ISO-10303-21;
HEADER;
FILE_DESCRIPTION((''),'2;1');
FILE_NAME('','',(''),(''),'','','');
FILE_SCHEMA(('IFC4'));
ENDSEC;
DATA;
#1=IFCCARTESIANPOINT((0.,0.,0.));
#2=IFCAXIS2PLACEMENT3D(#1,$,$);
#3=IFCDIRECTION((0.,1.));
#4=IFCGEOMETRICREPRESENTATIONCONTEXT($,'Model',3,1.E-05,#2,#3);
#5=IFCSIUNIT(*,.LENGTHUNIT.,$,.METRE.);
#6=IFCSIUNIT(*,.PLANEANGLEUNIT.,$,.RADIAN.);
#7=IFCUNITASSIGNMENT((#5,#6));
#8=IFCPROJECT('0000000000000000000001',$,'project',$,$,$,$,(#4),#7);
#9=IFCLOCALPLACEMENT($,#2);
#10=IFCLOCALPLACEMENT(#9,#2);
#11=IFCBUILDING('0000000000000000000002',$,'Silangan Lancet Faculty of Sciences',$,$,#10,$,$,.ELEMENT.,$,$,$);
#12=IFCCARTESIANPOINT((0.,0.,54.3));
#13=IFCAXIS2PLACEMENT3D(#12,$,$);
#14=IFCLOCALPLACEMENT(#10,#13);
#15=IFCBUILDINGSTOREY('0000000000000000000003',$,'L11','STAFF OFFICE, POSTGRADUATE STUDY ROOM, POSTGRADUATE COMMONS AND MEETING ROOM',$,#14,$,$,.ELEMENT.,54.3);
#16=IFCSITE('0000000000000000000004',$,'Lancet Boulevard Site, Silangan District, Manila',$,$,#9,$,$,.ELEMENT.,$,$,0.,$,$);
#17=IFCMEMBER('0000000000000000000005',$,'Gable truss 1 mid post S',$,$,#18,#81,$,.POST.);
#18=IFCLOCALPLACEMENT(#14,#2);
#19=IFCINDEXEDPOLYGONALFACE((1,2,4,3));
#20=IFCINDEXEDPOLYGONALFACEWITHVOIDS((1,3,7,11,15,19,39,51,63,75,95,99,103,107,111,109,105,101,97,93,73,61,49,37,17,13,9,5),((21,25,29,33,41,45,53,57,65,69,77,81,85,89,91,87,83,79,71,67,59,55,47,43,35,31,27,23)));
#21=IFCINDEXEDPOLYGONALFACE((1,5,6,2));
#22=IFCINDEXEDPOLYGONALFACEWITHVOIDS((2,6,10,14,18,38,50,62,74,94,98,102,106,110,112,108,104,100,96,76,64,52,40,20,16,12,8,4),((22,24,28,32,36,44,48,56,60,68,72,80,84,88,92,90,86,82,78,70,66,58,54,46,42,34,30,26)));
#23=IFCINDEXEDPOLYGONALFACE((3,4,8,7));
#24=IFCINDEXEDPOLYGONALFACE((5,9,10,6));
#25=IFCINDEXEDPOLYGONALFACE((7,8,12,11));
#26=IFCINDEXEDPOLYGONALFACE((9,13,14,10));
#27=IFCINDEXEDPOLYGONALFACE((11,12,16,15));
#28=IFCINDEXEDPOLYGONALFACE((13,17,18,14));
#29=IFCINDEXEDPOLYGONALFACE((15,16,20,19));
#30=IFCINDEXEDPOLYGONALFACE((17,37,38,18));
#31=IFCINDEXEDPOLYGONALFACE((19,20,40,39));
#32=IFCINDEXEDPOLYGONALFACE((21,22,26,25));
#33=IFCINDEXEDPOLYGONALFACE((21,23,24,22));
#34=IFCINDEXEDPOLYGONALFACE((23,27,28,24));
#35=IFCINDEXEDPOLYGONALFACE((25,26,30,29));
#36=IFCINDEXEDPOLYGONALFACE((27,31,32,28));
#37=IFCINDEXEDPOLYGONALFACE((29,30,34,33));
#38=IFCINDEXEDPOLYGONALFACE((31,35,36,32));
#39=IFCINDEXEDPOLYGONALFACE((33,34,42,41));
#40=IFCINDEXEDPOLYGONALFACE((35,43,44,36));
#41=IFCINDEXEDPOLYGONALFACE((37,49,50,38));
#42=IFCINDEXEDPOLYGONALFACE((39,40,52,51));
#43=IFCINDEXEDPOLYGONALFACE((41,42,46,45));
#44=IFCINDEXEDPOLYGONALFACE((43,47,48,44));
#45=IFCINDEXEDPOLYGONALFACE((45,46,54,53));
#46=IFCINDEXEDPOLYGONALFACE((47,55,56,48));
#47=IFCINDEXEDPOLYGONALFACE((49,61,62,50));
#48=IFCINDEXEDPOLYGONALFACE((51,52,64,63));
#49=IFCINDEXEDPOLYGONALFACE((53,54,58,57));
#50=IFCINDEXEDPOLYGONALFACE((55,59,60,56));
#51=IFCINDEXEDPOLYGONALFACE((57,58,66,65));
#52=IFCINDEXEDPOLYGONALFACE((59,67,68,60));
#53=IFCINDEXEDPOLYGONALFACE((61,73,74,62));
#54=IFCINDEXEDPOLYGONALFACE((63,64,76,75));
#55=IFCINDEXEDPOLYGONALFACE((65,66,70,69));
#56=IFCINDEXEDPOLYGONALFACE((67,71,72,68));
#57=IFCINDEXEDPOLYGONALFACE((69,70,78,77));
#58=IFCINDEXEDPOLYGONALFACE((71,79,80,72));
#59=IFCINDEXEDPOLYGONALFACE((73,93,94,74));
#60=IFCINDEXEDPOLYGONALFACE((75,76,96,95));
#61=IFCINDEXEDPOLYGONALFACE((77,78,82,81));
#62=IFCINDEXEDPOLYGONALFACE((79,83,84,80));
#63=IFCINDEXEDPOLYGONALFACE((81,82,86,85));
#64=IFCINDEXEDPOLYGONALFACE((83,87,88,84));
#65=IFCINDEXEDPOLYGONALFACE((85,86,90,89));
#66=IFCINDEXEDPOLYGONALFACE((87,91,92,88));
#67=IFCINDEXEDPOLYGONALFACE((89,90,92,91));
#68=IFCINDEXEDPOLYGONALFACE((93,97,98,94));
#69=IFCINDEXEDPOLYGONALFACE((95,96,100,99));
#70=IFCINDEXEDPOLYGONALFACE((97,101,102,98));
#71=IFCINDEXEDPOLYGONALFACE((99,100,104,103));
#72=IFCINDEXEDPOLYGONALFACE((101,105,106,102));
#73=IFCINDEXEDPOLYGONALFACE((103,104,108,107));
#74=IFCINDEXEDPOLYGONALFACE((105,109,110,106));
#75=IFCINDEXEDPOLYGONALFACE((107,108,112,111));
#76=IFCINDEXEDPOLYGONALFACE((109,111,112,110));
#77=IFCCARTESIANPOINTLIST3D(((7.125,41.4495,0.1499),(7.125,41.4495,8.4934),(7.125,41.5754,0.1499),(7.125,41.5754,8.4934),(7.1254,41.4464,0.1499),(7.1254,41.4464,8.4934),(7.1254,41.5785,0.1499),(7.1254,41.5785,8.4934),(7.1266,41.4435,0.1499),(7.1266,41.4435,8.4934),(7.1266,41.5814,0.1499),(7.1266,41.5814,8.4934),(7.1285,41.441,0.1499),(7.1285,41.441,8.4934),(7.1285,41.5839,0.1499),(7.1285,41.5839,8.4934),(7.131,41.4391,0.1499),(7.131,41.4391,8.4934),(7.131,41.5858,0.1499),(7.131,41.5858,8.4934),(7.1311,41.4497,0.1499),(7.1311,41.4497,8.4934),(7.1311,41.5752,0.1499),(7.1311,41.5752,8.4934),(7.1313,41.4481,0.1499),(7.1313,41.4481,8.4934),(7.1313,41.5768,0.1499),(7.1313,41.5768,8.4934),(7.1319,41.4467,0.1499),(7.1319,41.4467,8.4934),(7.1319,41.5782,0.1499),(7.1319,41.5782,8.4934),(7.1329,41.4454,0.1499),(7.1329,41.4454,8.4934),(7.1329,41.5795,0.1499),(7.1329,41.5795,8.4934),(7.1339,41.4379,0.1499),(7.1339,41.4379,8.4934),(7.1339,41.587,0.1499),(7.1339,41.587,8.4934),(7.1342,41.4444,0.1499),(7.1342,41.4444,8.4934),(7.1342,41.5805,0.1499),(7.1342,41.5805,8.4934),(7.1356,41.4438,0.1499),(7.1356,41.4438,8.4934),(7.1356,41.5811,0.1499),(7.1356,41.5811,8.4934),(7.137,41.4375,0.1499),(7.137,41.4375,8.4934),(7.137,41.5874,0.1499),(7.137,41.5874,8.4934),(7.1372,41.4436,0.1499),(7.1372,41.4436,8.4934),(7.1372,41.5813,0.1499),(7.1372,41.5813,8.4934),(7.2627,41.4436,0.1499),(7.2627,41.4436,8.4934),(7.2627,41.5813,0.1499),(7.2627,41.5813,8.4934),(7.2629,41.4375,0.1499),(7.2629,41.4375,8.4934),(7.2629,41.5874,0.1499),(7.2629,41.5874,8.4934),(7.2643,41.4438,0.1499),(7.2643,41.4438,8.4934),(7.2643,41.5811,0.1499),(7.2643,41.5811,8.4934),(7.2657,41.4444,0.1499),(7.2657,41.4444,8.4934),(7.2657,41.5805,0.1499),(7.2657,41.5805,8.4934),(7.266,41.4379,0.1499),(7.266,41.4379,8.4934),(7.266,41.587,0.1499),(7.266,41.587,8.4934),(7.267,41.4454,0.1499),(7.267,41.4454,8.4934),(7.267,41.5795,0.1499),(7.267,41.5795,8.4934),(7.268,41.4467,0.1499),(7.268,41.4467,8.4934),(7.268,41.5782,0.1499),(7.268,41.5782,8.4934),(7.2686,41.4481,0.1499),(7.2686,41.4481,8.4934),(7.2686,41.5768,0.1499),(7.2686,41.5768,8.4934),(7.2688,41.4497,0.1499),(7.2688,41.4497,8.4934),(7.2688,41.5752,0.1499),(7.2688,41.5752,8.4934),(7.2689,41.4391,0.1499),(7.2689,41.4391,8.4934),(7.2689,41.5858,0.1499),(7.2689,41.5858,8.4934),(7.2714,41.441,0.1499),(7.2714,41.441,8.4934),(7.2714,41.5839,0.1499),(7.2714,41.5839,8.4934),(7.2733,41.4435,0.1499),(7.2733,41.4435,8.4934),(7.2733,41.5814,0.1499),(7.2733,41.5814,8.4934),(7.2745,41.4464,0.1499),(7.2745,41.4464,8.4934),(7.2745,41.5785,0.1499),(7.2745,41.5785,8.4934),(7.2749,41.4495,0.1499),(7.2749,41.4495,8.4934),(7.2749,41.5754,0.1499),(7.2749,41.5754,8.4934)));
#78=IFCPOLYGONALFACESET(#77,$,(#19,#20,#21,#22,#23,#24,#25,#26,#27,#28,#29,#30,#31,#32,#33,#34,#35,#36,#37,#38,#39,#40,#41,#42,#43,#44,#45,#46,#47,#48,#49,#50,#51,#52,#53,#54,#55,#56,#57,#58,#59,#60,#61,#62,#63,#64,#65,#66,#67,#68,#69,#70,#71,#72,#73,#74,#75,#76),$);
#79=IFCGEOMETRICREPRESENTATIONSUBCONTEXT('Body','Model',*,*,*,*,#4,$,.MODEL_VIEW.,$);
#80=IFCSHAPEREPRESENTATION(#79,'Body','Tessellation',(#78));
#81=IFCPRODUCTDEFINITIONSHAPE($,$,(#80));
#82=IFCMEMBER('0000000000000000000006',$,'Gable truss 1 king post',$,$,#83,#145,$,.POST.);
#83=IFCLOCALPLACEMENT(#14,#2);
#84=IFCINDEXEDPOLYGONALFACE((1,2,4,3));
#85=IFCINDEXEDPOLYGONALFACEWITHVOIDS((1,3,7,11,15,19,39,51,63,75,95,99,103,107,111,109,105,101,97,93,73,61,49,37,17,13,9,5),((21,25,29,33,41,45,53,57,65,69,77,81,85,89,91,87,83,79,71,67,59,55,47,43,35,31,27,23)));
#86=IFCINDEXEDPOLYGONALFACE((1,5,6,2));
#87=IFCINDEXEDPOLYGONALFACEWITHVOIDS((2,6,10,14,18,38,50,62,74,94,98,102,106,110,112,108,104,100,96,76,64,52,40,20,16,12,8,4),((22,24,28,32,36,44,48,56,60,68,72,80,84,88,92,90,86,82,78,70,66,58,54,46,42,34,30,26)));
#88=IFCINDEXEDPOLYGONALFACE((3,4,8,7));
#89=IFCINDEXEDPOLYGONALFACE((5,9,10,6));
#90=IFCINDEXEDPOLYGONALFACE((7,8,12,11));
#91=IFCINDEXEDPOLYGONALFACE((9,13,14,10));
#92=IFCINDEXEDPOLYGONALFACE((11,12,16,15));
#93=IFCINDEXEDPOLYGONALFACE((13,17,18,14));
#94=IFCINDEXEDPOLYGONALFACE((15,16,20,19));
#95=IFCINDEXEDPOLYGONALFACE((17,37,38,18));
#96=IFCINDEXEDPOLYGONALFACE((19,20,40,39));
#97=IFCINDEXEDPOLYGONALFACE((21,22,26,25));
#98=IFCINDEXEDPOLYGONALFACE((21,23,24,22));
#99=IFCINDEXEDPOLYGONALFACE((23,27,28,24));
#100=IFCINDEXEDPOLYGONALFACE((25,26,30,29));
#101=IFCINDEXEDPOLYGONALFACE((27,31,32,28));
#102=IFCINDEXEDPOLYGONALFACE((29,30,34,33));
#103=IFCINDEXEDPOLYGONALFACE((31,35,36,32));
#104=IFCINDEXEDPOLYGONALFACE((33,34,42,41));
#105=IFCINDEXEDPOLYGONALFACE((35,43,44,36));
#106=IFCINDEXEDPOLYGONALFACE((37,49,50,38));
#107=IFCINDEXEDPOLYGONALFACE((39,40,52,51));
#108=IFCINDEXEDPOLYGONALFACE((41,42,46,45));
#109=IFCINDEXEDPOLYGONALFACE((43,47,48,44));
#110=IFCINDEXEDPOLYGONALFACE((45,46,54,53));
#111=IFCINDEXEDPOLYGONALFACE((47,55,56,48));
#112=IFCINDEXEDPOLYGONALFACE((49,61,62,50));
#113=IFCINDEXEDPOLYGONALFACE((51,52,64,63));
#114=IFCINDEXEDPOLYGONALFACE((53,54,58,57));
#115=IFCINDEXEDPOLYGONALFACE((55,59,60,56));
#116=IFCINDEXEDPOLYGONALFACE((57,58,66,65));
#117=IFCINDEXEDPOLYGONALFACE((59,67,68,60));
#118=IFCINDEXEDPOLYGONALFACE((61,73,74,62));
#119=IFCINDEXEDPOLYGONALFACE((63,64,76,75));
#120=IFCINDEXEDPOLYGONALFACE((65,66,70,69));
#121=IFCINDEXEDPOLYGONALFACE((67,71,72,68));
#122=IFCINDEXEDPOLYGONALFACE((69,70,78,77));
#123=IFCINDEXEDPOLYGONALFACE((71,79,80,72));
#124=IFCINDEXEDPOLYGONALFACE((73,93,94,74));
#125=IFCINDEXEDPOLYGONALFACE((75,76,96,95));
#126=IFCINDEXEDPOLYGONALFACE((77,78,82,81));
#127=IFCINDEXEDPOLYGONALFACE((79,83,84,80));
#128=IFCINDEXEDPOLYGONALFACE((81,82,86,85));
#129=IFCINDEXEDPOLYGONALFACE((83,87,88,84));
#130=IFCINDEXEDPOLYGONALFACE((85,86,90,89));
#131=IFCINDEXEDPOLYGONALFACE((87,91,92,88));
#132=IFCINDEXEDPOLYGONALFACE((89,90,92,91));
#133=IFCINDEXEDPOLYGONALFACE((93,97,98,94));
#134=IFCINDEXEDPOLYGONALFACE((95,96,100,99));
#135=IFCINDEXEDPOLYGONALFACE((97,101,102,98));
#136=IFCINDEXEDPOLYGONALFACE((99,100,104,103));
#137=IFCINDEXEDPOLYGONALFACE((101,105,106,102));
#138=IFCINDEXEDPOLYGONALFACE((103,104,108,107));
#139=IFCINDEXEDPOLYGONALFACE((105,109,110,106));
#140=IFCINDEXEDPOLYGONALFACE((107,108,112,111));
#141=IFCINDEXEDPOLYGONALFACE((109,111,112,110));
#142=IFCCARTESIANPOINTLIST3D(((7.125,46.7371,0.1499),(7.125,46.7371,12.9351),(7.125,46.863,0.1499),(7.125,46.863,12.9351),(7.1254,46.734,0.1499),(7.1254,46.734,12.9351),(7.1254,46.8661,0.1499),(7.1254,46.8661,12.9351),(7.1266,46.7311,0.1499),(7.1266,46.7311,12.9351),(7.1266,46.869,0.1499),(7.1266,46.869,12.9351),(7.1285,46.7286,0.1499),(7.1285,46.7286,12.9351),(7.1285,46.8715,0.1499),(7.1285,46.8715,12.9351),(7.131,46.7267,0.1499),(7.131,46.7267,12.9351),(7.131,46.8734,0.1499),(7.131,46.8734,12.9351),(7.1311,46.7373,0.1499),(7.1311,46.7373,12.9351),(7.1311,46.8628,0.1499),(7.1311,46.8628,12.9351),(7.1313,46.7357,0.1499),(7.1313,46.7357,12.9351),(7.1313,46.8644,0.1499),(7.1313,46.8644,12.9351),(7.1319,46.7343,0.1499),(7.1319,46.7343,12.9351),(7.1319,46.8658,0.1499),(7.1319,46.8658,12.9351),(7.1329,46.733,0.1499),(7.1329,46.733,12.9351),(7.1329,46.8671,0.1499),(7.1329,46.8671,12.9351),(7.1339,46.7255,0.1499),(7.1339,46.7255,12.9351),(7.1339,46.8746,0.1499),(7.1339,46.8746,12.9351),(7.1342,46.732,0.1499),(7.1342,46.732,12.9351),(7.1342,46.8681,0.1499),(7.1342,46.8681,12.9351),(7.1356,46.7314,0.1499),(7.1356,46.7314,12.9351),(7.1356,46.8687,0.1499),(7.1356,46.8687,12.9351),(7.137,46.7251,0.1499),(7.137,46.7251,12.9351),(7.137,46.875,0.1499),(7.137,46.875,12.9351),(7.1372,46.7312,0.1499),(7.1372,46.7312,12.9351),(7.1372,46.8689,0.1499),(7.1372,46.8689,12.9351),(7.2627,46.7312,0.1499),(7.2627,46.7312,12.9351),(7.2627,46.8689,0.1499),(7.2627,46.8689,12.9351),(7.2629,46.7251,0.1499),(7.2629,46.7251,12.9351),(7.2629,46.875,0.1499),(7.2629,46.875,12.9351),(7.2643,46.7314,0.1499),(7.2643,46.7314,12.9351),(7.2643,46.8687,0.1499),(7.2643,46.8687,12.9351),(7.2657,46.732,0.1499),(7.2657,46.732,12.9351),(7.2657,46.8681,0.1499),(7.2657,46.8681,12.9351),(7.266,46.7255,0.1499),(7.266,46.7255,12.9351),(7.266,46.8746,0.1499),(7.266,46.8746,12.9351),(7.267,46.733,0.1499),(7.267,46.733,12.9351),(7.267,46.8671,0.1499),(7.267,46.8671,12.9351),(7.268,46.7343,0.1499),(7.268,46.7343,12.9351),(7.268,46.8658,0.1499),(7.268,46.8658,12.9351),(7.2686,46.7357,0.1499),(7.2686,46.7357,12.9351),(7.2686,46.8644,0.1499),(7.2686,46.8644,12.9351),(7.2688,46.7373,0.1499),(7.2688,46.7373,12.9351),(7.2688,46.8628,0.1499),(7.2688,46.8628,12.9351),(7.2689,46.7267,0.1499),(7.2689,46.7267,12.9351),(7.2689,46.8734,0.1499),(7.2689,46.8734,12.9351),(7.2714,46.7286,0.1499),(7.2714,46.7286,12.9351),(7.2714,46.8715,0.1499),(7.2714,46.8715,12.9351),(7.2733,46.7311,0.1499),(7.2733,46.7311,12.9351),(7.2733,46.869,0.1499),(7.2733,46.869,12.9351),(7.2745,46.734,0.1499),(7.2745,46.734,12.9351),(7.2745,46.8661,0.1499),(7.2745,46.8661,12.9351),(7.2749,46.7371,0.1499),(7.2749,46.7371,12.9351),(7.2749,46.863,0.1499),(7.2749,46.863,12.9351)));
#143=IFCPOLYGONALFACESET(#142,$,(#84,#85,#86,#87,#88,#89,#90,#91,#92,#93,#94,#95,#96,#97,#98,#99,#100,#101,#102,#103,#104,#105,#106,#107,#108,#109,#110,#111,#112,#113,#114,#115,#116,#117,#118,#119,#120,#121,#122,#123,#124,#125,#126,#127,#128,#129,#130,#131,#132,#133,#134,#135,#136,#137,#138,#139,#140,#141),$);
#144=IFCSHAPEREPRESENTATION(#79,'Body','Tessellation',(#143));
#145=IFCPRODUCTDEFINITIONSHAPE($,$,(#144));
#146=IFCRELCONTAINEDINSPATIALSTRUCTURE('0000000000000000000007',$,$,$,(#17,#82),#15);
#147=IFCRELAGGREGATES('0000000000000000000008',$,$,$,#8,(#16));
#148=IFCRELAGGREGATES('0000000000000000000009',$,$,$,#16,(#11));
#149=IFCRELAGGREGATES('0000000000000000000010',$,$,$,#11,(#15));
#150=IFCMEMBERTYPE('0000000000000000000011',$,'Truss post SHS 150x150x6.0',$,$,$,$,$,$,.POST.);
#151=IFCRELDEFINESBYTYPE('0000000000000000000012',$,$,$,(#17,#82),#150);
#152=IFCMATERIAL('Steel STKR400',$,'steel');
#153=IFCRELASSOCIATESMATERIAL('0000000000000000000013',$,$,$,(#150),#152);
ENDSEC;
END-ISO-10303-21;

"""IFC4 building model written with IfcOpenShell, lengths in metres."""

from ifc_helpers import new_model, si_unit, direction, frame, origin, origin_2d, place, context, subcontext, project, spatial, hollow_rectangle, extrude, material, material_profile, profile_set, type_object, element, save


model = new_model("IFC4")

# Units and contexts
model_context = context("Model", 3, precision=1e-05, world=origin(), true_north=direction((0.0, 1.0)))
body_context = subcontext(model_context, "Body", "Model", "MODEL_VIEW")
ifc_project = project(units=[si_unit("LENGTHUNIT", "METRE"), si_unit("PLANEANGLEUNIT", "RADIAN")], contexts=[model_context])

# Site, building, storey
site_placement = place(None, origin())
site = spatial("IfcSite", under=ifc_project, at=site_placement, Name="Lancet Boulevard Site, Silangan District, Manila", CompositionType="ELEMENT", RefElevation=0.0)
building_placement = place(site_placement, origin())
building = spatial("IfcBuilding", under=site, at=building_placement, Name="Silangan Lancet Faculty of Sciences", CompositionType="ELEMENT")
storey_placement = place(building_placement, frame((0.0, 0.0, 54.3)))
storey = spatial("IfcBuildingStorey", under=building, at=storey_placement, Name="L11", Description="STAFF OFFICE, POSTGRADUATE STUDY ROOM, POSTGRADUATE COMMONS AND MEETING ROOM", CompositionType="ELEMENT", Elevation=54.3)

# Members
ifc_material_1 = material(Name="Steel STKR400", Category="steel")
ifc_material_profile_1 = material_profile(ifc_material_1, hollow_rectangle(XDim=0.1499, YDim=0.1499, WallThickness=0.0061, InnerFilletRadius=0.0061, OuterFilletRadius=0.012, at=origin_2d()), Name="SHS 150x150x6.0")
ifc_profile_set_1 = profile_set([ifc_material_profile_1], Name="Steel STKR400")
member_type_1 = type_object("IfcMemberType", Name="Truss post SHS 150x150x6.0", PredefinedType="POST", material=ifc_profile_set_1)
member_1_placement = place(storey_placement, frame((7.2, 41.5125, 0.1499), z_axis=(0.0, 0.0, 1.0), x_axis=(1.0, 0.0, 0.0)))
element("IfcMember", 1, at=member_1_placement, inside=storey, type_object=member_type_1, Name="Gable truss 1 mid post S", PredefinedType="POST", context=body_context, shape_type="SweptSolid", body=[
    extrude(hollow_rectangle(XDim=0.1499, YDim=0.1499, WallThickness=0.0061, InnerFilletRadius=0.0061, OuterFilletRadius=0.012, at=origin_2d()), origin(), (0.0, 0.0, 1.0), 8.3435),
])
member_2_placement = place(storey_placement, frame((7.2, 46.8, 0.1499), z_axis=(0.0, 0.0, 1.0), x_axis=(1.0, 0.0, 0.0)))
element("IfcMember", 2, at=member_2_placement, inside=storey, type_object=member_type_1, Name="Gable truss 1 king post", PredefinedType="POST", context=body_context, shape_type="SweptSolid", body=[
    extrude(hollow_rectangle(XDim=0.1499, YDim=0.1499, WallThickness=0.0061, InnerFilletRadius=0.0061, OuterFilletRadius=0.012, at=origin_2d()), origin(), (0.0, 0.0, 1.0), 12.7852),
])

save(model, "model.ifc")
